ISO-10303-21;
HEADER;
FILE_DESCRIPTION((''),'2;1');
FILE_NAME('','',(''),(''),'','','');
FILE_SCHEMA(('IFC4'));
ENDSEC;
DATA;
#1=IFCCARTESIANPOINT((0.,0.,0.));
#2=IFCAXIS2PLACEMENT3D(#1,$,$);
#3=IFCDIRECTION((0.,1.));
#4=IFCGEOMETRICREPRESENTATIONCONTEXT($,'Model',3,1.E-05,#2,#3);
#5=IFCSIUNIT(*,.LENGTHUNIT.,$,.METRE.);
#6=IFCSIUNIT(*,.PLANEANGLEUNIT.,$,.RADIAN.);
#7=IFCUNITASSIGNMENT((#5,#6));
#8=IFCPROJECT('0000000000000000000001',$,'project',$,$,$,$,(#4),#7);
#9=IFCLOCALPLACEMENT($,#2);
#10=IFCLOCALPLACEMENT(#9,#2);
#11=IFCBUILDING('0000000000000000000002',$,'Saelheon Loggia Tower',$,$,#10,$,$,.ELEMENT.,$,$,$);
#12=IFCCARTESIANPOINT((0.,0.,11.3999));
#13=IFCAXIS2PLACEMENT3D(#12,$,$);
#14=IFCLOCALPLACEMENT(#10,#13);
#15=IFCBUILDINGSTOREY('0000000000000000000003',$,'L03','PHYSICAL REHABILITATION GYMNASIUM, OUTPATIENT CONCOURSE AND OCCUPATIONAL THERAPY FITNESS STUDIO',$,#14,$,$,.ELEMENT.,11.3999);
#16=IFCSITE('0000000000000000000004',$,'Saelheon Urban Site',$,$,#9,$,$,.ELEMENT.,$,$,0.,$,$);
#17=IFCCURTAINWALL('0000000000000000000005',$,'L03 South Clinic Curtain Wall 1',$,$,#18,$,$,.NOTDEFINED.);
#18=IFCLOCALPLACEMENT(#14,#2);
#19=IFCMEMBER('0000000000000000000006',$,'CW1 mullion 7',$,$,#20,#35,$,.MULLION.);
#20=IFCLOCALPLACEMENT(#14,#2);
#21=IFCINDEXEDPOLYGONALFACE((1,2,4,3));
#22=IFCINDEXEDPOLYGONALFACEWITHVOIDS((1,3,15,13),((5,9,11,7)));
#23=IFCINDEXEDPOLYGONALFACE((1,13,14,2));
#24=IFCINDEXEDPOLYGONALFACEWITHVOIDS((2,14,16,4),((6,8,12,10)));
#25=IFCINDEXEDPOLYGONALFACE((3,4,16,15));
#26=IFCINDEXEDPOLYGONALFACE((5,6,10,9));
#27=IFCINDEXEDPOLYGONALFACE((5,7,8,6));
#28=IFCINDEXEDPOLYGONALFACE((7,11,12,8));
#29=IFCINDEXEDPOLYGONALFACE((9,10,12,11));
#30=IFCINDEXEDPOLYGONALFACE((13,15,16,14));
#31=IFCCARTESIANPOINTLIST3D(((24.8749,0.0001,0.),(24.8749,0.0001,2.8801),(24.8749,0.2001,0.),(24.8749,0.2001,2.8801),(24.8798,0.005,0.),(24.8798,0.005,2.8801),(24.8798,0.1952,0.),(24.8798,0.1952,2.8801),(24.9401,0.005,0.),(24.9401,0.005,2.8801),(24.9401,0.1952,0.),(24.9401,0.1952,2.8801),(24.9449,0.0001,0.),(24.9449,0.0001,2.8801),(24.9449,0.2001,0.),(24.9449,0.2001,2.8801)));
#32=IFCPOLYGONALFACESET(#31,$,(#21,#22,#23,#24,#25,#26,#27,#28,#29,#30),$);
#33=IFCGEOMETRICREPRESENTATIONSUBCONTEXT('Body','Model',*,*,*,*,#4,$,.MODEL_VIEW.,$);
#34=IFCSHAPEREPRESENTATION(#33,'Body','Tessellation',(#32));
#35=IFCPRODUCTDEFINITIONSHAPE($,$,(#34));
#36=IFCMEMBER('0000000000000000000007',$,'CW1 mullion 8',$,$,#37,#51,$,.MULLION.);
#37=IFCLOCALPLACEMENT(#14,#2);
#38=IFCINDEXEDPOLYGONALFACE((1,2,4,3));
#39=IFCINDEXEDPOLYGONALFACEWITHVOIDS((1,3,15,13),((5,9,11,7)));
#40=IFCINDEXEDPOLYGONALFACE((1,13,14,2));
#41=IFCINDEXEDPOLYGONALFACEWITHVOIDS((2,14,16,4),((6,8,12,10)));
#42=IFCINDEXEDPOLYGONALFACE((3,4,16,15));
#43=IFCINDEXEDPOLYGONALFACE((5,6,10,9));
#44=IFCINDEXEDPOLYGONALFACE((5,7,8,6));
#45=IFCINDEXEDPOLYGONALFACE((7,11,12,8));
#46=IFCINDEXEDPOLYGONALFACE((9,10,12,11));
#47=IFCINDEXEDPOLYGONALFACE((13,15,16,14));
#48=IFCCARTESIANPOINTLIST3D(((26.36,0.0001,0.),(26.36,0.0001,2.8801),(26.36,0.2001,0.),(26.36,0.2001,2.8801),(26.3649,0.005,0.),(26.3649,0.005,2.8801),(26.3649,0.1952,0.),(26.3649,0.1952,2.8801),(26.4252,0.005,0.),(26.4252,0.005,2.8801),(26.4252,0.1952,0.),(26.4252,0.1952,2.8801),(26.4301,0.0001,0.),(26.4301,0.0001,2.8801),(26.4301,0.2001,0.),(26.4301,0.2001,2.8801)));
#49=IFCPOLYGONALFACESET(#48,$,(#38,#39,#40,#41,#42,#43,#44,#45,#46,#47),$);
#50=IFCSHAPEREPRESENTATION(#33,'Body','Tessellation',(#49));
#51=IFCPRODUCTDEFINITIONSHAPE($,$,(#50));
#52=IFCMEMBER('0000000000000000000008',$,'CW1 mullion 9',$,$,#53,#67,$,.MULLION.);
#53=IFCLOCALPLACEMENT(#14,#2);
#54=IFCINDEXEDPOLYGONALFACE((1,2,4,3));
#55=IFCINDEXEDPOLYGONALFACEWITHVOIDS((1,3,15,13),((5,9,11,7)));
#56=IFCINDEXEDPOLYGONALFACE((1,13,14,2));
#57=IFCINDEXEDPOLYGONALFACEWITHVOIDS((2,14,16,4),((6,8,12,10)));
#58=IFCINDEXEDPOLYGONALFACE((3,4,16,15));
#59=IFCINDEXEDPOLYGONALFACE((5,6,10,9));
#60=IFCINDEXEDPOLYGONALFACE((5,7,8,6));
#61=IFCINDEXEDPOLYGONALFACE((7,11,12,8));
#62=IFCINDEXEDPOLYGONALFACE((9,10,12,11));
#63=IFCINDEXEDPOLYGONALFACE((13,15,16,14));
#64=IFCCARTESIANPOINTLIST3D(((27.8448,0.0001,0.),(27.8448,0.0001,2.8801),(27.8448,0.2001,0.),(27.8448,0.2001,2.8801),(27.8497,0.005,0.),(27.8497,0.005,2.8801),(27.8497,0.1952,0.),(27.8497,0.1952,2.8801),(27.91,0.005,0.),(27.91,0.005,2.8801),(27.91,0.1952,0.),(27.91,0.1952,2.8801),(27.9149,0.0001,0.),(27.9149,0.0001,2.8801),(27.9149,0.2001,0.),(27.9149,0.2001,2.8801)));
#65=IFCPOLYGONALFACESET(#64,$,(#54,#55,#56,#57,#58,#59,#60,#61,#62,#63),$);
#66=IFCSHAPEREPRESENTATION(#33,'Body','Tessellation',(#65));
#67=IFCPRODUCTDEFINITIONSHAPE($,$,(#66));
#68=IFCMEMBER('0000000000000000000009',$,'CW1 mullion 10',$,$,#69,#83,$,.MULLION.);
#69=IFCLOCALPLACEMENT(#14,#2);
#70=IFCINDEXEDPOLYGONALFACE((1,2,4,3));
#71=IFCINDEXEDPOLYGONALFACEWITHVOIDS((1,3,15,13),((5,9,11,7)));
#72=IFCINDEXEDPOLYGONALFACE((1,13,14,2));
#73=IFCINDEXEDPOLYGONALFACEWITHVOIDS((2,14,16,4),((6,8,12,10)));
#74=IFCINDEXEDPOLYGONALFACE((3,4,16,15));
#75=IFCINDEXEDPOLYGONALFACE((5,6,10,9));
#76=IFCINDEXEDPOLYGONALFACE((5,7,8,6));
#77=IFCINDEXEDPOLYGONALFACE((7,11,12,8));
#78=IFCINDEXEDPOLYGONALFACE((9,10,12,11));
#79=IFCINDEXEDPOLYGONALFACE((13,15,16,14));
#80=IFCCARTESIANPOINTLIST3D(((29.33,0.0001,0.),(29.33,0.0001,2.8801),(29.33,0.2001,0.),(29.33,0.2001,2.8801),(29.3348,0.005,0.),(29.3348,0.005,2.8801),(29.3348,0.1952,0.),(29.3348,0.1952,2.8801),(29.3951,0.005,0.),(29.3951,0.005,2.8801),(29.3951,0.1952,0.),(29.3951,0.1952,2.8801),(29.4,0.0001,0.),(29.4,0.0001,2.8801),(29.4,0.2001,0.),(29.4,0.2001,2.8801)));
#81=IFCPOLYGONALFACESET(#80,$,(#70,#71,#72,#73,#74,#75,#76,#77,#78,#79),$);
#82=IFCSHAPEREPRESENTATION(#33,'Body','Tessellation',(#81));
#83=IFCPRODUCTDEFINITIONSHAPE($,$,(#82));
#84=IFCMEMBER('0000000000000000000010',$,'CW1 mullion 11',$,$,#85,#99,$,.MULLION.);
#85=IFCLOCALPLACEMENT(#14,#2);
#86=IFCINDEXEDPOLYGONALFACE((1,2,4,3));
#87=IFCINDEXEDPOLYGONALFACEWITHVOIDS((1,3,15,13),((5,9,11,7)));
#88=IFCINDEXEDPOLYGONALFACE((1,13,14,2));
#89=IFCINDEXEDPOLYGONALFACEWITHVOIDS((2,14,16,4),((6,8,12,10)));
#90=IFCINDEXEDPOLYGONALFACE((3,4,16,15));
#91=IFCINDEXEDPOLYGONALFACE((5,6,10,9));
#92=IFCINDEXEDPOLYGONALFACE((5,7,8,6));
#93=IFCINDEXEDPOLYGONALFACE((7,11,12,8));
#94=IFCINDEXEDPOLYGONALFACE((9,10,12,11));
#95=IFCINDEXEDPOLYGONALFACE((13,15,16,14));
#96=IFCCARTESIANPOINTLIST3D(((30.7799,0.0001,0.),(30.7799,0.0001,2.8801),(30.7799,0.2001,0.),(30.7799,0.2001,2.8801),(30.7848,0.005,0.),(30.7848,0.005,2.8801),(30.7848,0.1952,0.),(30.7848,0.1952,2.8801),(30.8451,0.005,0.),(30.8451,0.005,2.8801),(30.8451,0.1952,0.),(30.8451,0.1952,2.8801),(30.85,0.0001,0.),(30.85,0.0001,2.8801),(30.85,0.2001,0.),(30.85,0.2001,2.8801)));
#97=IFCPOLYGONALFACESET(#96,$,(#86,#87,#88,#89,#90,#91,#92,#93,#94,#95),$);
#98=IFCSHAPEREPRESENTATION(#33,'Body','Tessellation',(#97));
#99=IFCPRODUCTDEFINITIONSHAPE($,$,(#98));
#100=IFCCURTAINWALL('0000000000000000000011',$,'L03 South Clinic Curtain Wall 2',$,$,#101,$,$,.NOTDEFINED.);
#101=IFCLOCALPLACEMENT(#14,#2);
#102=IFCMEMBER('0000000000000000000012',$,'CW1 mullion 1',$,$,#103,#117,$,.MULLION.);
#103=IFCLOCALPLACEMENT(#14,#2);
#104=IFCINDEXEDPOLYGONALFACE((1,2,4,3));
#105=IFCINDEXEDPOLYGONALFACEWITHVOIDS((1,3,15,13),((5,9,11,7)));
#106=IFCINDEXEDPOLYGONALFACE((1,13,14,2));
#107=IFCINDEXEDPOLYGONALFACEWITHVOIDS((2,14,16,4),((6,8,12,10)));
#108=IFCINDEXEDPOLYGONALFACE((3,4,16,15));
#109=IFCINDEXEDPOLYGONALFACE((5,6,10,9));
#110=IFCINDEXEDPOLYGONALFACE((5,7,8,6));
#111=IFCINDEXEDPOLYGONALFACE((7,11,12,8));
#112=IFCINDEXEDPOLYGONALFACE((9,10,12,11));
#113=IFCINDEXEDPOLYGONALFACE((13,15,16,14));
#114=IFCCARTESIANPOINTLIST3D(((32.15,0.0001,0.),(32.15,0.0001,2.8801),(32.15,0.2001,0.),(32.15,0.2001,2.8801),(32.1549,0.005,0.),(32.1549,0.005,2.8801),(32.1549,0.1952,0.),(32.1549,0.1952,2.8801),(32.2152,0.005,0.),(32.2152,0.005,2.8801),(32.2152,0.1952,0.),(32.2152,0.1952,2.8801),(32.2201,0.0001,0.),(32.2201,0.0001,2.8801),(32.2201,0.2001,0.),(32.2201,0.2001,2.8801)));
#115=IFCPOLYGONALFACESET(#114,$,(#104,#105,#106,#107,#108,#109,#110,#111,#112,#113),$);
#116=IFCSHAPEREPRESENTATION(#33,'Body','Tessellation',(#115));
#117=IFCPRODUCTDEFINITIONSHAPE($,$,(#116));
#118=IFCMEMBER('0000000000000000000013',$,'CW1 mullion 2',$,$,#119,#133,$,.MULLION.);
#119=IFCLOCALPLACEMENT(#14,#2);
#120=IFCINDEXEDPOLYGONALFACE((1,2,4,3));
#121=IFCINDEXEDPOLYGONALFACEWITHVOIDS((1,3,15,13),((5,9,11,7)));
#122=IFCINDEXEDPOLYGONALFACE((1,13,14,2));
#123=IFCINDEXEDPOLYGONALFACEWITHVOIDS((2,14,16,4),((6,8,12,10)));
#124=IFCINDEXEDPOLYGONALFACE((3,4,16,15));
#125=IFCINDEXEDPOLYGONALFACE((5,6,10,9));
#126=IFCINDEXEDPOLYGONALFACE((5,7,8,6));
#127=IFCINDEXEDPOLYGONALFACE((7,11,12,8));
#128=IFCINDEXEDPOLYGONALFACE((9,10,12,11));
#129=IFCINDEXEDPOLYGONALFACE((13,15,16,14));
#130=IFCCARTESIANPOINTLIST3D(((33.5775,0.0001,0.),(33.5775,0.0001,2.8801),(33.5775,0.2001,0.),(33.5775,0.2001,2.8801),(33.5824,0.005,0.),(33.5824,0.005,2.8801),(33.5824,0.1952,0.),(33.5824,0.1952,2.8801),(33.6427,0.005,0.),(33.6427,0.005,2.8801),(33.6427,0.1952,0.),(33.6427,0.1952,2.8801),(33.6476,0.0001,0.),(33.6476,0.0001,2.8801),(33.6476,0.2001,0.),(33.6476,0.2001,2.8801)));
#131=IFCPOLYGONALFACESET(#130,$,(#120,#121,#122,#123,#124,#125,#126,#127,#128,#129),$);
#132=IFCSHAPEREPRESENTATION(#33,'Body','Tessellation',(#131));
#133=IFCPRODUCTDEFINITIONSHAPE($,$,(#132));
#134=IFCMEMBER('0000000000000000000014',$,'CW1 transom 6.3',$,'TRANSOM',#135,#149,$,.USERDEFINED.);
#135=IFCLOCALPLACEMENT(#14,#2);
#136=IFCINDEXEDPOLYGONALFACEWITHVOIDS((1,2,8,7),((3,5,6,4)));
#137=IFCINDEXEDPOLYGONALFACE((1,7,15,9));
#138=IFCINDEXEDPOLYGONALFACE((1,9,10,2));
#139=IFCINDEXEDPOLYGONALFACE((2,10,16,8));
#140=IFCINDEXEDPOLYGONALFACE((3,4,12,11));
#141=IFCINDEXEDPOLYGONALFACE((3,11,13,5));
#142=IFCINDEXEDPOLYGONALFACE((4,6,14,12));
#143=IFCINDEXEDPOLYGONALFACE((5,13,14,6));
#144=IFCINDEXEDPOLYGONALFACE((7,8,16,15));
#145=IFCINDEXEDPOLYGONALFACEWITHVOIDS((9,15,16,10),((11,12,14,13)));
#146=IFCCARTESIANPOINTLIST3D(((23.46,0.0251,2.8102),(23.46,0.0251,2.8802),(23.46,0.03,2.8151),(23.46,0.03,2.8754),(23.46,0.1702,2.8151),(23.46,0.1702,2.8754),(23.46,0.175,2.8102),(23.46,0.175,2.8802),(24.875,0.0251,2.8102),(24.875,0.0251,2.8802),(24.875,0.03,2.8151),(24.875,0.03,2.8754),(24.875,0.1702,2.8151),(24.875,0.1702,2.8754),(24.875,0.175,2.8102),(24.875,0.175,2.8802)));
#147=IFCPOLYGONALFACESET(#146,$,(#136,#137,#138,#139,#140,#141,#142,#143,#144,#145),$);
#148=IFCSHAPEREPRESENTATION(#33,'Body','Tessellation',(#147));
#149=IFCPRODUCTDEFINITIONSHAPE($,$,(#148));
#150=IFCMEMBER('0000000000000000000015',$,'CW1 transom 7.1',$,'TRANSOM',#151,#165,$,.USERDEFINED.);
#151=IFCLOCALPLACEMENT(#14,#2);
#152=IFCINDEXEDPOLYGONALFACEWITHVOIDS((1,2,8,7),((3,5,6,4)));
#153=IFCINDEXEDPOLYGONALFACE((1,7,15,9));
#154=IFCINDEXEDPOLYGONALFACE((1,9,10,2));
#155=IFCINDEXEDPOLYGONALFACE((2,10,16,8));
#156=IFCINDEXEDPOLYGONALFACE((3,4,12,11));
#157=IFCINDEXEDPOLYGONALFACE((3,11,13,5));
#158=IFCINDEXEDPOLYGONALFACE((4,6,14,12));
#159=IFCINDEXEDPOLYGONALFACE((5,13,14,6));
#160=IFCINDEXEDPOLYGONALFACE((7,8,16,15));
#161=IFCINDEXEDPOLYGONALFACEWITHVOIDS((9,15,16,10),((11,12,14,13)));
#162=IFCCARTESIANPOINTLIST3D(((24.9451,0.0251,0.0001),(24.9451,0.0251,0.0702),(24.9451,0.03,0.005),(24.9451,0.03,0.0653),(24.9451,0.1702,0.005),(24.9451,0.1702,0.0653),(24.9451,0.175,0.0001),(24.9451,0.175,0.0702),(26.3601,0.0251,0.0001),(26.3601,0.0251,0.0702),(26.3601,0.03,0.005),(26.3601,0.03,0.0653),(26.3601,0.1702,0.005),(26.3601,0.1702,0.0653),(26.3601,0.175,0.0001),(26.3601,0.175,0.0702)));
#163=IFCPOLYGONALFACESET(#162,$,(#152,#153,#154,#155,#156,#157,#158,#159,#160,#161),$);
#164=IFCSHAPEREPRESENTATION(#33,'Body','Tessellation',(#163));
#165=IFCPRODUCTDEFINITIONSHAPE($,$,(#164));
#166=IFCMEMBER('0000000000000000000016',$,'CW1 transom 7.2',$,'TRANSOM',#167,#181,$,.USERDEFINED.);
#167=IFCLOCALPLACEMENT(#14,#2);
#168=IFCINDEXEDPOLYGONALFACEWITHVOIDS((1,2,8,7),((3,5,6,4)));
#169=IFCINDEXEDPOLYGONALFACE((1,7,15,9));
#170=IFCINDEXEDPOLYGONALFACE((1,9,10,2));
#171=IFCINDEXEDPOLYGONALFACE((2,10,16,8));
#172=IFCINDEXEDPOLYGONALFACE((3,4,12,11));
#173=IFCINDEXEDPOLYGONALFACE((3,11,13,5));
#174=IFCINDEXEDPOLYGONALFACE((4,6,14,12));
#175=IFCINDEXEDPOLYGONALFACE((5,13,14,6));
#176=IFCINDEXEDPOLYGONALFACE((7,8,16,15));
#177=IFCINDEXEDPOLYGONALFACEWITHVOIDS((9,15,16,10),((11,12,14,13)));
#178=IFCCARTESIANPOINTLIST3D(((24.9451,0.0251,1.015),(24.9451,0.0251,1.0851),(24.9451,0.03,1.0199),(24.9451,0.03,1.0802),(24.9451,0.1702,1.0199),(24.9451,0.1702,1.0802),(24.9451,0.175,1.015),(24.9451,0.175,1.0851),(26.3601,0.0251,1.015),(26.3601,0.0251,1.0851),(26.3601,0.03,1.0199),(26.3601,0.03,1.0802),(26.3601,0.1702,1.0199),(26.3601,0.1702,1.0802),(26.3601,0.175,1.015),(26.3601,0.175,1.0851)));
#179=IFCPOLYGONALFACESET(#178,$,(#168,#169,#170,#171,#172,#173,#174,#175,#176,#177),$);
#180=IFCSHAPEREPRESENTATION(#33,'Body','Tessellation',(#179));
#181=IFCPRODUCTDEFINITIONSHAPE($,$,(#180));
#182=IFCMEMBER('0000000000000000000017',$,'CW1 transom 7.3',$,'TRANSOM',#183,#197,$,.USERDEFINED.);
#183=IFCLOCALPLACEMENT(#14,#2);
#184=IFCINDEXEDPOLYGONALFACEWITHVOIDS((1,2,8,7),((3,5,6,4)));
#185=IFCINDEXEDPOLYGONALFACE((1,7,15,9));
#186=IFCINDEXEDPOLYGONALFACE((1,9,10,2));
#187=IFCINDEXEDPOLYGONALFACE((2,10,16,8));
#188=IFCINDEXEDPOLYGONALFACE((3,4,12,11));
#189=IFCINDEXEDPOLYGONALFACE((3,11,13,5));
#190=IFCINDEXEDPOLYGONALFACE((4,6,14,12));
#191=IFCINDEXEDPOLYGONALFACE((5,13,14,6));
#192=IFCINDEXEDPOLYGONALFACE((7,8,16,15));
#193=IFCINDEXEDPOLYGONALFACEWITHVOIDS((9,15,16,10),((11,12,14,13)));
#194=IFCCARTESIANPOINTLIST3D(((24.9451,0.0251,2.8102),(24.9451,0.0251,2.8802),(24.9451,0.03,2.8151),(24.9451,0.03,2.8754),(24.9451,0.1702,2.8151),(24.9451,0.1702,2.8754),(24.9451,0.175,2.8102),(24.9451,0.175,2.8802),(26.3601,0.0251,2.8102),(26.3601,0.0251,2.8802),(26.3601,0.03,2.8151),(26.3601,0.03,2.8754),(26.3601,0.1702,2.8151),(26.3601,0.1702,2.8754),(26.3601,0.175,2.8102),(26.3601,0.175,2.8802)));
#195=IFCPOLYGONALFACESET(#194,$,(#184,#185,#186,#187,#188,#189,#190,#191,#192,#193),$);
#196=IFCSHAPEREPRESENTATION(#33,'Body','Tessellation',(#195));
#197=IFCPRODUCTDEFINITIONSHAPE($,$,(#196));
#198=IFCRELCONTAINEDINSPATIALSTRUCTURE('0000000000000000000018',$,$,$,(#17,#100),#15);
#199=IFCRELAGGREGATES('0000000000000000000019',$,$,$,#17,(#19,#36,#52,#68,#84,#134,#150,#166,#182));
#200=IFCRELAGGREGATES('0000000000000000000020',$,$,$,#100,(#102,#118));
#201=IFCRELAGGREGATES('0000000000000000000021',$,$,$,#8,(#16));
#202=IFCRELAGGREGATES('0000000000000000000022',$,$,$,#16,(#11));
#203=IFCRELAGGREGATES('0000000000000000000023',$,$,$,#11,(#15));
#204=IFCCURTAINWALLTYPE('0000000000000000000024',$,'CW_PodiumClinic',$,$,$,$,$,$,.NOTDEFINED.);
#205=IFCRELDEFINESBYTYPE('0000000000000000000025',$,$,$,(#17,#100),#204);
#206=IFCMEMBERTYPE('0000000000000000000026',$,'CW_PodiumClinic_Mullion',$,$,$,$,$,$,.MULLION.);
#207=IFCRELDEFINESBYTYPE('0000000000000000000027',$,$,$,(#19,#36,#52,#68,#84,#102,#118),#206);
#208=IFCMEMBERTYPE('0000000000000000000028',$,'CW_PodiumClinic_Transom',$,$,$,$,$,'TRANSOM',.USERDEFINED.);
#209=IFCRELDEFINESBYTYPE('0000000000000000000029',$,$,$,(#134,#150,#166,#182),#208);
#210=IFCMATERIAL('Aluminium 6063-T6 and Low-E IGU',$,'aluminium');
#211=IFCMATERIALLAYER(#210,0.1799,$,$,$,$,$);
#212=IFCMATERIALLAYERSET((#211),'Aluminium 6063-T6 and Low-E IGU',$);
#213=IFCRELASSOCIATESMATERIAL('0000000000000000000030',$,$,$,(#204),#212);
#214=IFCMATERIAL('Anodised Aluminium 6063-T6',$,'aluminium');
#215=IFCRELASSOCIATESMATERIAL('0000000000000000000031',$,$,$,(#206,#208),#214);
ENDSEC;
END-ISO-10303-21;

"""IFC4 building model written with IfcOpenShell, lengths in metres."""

from ifc_helpers import new_model, si_unit, direction, frame, origin, origin_2d, place, context, subcontext, project, spatial, hollow_rectangle, extrude, source, transform, mapped, material, layer, layer_set, material_profile, profile_set, type_object, element, aggregate, save


model = new_model("IFC4")

# Units and contexts
model_context = context("Model", 3, precision=1e-05, world=origin(), true_north=direction((0.0, 1.0)))
body_context = subcontext(model_context, "Body", "Model", "MODEL_VIEW")
ifc_project = project(units=[si_unit("LENGTHUNIT", "METRE"), si_unit("PLANEANGLEUNIT", "RADIAN")], contexts=[model_context])

# Site, building, storey
site_placement = place(None, origin())
site = spatial("IfcSite", under=ifc_project, at=site_placement, Name="Saelheon Urban Site", CompositionType="ELEMENT", RefElevation=0.0)
building_placement = place(site_placement, origin())
building = spatial("IfcBuilding", under=site, at=building_placement, Name="Saelheon Loggia Tower", CompositionType="ELEMENT")
storey_placement = place(building_placement, frame((0.0, 0.0, 11.3999)))
storey = spatial("IfcBuildingStorey", under=building, at=storey_placement, Name="L03", Description="PHYSICAL REHABILITATION GYMNASIUM, OUTPATIENT CONCOURSE AND OCCUPATIONAL THERAPY FITNESS STUDIO", CompositionType="ELEMENT", Elevation=11.3999)

# Curtain walls, members
ifc_material_1 = material(Name="Aluminium 6063-T6 and Low-E IGU", Category="aluminium")
ifc_layer_1 = layer(ifc_material_1, 0.1799)
ifc_layer_set_1 = layer_set([ifc_layer_1], Name="Aluminium 6063-T6 and Low-E IGU")
curtain_wall_type = type_object("IfcCurtainWallType", Name="CW_PodiumClinic", PredefinedType="NOTDEFINED", material=ifc_layer_set_1)
curtain_wall_1_placement = place(storey_placement, origin())
curtain_wall_1 = element("IfcCurtainWall", 1, at=curtain_wall_1_placement, inside=storey, type_object=curtain_wall_type, Name="L03 South Clinic Curtain Wall 1", PredefinedType="NOTDEFINED")
ifc_material_2 = material(Name="Anodised Aluminium 6063-T6", Category="aluminium")
ifc_material_profile_1 = material_profile(ifc_material_2, hollow_rectangle(XDim=0.0701, YDim=0.2, WallThickness=0.0049, at=origin_2d()), Name="RHS-200x70x5")
ifc_profile_set_1 = profile_set([ifc_material_profile_1], Name="Anodised Aluminium 6063-T6")
member_type_1 = type_object("IfcMemberType", Name="CW_PodiumClinic_Mullion", PredefinedType="MULLION", material=ifc_profile_set_1)
shared_shape_1 = source(origin(), body_context, "Body", "SweptSolid", [
    extrude(hollow_rectangle(XDim=0.0701, YDim=0.2, WallThickness=0.0049, at=origin_2d()), origin(), (0.0, 0.0, 1.0), 2.8801),
])
member_1_placement = place(storey_placement, frame((24.9099, 0.1001, 0.0), z_axis=(0.0, 0.0, 1.0), x_axis=(1.0, 0.0, 0.0)))
member_1 = element("IfcMember", 2, at=member_1_placement, type_object=member_type_1, Name="CW1 mullion 7", PredefinedType="MULLION", context=body_context, shape_type="MappedRepresentation", body=[
    mapped(shared_shape_1, transform((0.0, 0.0, 0.0), scale=1.0)),
])
member_2_placement = place(storey_placement, frame((26.395, 0.1001, 0.0), z_axis=(0.0, 0.0, 1.0), x_axis=(1.0, 0.0, 0.0)))
member_2 = element("IfcMember", 3, at=member_2_placement, type_object=member_type_1, Name="CW1 mullion 8", PredefinedType="MULLION", context=body_context, shape_type="MappedRepresentation", body=[
    mapped(shared_shape_1, transform((0.0, 0.0, 0.0), scale=1.0)),
])
member_3_placement = place(storey_placement, frame((27.8799, 0.1001, 0.0), z_axis=(0.0, 0.0, 1.0), x_axis=(1.0, 0.0, 0.0)))
member_3 = element("IfcMember", 4, at=member_3_placement, type_object=member_type_1, Name="CW1 mullion 9", PredefinedType="MULLION", context=body_context, shape_type="MappedRepresentation", body=[
    mapped(shared_shape_1, transform((0.0, 0.0, 0.0), scale=1.0)),
])
member_4_placement = place(storey_placement, frame((29.365, 0.1001, 0.0), z_axis=(0.0, 0.0, 1.0), x_axis=(1.0, 0.0, 0.0)))
member_4 = element("IfcMember", 5, at=member_4_placement, type_object=member_type_1, Name="CW1 mullion 10", PredefinedType="MULLION", context=body_context, shape_type="MappedRepresentation", body=[
    mapped(shared_shape_1, transform((0.0, 0.0, 0.0), scale=1.0)),
])
member_5_placement = place(storey_placement, frame((30.8149, 0.1001, 0.0), z_axis=(0.0, 0.0, 1.0), x_axis=(1.0, 0.0, 0.0)))
member_5 = element("IfcMember", 6, at=member_5_placement, type_object=member_type_1, Name="CW1 mullion 11", PredefinedType="MULLION", context=body_context, shape_type="MappedRepresentation", body=[
    mapped(shared_shape_1, transform((0.0, 0.0, 0.0), scale=1.0)),
])
curtain_wall_2_placement = place(storey_placement, origin())
curtain_wall_2 = element("IfcCurtainWall", 7, at=curtain_wall_2_placement, inside=storey, type_object=curtain_wall_type, Name="L03 South Clinic Curtain Wall 2", PredefinedType="NOTDEFINED")
member_6_placement = place(storey_placement, frame((32.1851, 0.1001, 0.0), z_axis=(0.0, 0.0, 1.0), x_axis=(1.0, 0.0, 0.0)))
member_6 = element("IfcMember", 8, at=member_6_placement, type_object=member_type_1, Name="CW1 mullion 1", PredefinedType="MULLION", context=body_context, shape_type="MappedRepresentation", body=[
    mapped(shared_shape_1, transform((0.0, 0.0, 0.0), scale=1.0)),
])
member_7_placement = place(storey_placement, frame((33.6125, 0.1001, 0.0), z_axis=(0.0, 0.0, 1.0), x_axis=(1.0, 0.0, 0.0)))
member_7 = element("IfcMember", 9, at=member_7_placement, type_object=member_type_1, Name="CW1 mullion 2", PredefinedType="MULLION", context=body_context, shape_type="MappedRepresentation", body=[
    mapped(shared_shape_1, transform((0.0, 0.0, 0.0), scale=1.0)),
])

# Members
ifc_material_profile_2 = material_profile(ifc_material_2, hollow_rectangle(XDim=0.0701, YDim=0.1499, WallThickness=0.0049, at=origin_2d()), Name="RHS-150x70x5")
ifc_profile_set_2 = profile_set([ifc_material_profile_2], Name="Anodised Aluminium 6063-T6")
member_type_2 = type_object("IfcMemberType", Name="CW_PodiumClinic_Transom", ElementType="TRANSOM", PredefinedType="USERDEFINED", material=ifc_profile_set_2)
shared_shape_2 = source(origin(), body_context, "Body", "SweptSolid", [
    extrude(hollow_rectangle(XDim=0.0701, YDim=0.1499, WallThickness=0.0049, at=origin_2d()), origin(), (0.0, 0.0, 1.0), 1.415),
])
member_8_placement = place(storey_placement, frame((23.46, 0.1001, 2.8452), z_axis=(1.0, 0.0, 0.0), x_axis=(0.0, 0.0, 1.0)))
member_8 = element("IfcMember", 10, at=member_8_placement, type_object=member_type_2, Name="CW1 transom 6.3", ObjectType="TRANSOM", PredefinedType="USERDEFINED", context=body_context, shape_type="MappedRepresentation", body=[
    mapped(shared_shape_2, transform((0.0, 0.0, 0.0), scale=1.0)),
])
member_9_placement = place(storey_placement, frame((24.9451, 0.1001, 0.0352), z_axis=(1.0, 0.0, 0.0), x_axis=(0.0, 0.0, 1.0)))
member_9 = element("IfcMember", 11, at=member_9_placement, type_object=member_type_2, Name="CW1 transom 7.1", ObjectType="TRANSOM", PredefinedType="USERDEFINED", context=body_context, shape_type="MappedRepresentation", body=[
    mapped(shared_shape_2, transform((0.0, 0.0, 0.0), scale=1.0)),
])
member_10_placement = place(storey_placement, frame((24.9451, 0.1001, 1.05), z_axis=(1.0, 0.0, 0.0), x_axis=(0.0, 0.0, 1.0)))
member_10 = element("IfcMember", 12, at=member_10_placement, type_object=member_type_2, Name="CW1 transom 7.2", ObjectType="TRANSOM", PredefinedType="USERDEFINED", context=body_context, shape_type="MappedRepresentation", body=[
    mapped(shared_shape_2, transform((0.0, 0.0, 0.0), scale=1.0)),
])
member_11_placement = place(storey_placement, frame((24.9451, 0.1001, 2.8452), z_axis=(1.0, 0.0, 0.0), x_axis=(0.0, 0.0, 1.0)))
member_11 = element("IfcMember", 13, at=member_11_placement, type_object=member_type_2, Name="CW1 transom 7.3", ObjectType="TRANSOM", PredefinedType="USERDEFINED", context=body_context, shape_type="MappedRepresentation", body=[
    mapped(shared_shape_2, transform((0.0, 0.0, 0.0), scale=1.0)),
])

aggregate(curtain_wall_1, [member_1, member_2, member_3, member_4, member_5, member_8, member_9, member_10, member_11])
aggregate(curtain_wall_2, [member_6, member_7])

save(model, "model.ifc")
